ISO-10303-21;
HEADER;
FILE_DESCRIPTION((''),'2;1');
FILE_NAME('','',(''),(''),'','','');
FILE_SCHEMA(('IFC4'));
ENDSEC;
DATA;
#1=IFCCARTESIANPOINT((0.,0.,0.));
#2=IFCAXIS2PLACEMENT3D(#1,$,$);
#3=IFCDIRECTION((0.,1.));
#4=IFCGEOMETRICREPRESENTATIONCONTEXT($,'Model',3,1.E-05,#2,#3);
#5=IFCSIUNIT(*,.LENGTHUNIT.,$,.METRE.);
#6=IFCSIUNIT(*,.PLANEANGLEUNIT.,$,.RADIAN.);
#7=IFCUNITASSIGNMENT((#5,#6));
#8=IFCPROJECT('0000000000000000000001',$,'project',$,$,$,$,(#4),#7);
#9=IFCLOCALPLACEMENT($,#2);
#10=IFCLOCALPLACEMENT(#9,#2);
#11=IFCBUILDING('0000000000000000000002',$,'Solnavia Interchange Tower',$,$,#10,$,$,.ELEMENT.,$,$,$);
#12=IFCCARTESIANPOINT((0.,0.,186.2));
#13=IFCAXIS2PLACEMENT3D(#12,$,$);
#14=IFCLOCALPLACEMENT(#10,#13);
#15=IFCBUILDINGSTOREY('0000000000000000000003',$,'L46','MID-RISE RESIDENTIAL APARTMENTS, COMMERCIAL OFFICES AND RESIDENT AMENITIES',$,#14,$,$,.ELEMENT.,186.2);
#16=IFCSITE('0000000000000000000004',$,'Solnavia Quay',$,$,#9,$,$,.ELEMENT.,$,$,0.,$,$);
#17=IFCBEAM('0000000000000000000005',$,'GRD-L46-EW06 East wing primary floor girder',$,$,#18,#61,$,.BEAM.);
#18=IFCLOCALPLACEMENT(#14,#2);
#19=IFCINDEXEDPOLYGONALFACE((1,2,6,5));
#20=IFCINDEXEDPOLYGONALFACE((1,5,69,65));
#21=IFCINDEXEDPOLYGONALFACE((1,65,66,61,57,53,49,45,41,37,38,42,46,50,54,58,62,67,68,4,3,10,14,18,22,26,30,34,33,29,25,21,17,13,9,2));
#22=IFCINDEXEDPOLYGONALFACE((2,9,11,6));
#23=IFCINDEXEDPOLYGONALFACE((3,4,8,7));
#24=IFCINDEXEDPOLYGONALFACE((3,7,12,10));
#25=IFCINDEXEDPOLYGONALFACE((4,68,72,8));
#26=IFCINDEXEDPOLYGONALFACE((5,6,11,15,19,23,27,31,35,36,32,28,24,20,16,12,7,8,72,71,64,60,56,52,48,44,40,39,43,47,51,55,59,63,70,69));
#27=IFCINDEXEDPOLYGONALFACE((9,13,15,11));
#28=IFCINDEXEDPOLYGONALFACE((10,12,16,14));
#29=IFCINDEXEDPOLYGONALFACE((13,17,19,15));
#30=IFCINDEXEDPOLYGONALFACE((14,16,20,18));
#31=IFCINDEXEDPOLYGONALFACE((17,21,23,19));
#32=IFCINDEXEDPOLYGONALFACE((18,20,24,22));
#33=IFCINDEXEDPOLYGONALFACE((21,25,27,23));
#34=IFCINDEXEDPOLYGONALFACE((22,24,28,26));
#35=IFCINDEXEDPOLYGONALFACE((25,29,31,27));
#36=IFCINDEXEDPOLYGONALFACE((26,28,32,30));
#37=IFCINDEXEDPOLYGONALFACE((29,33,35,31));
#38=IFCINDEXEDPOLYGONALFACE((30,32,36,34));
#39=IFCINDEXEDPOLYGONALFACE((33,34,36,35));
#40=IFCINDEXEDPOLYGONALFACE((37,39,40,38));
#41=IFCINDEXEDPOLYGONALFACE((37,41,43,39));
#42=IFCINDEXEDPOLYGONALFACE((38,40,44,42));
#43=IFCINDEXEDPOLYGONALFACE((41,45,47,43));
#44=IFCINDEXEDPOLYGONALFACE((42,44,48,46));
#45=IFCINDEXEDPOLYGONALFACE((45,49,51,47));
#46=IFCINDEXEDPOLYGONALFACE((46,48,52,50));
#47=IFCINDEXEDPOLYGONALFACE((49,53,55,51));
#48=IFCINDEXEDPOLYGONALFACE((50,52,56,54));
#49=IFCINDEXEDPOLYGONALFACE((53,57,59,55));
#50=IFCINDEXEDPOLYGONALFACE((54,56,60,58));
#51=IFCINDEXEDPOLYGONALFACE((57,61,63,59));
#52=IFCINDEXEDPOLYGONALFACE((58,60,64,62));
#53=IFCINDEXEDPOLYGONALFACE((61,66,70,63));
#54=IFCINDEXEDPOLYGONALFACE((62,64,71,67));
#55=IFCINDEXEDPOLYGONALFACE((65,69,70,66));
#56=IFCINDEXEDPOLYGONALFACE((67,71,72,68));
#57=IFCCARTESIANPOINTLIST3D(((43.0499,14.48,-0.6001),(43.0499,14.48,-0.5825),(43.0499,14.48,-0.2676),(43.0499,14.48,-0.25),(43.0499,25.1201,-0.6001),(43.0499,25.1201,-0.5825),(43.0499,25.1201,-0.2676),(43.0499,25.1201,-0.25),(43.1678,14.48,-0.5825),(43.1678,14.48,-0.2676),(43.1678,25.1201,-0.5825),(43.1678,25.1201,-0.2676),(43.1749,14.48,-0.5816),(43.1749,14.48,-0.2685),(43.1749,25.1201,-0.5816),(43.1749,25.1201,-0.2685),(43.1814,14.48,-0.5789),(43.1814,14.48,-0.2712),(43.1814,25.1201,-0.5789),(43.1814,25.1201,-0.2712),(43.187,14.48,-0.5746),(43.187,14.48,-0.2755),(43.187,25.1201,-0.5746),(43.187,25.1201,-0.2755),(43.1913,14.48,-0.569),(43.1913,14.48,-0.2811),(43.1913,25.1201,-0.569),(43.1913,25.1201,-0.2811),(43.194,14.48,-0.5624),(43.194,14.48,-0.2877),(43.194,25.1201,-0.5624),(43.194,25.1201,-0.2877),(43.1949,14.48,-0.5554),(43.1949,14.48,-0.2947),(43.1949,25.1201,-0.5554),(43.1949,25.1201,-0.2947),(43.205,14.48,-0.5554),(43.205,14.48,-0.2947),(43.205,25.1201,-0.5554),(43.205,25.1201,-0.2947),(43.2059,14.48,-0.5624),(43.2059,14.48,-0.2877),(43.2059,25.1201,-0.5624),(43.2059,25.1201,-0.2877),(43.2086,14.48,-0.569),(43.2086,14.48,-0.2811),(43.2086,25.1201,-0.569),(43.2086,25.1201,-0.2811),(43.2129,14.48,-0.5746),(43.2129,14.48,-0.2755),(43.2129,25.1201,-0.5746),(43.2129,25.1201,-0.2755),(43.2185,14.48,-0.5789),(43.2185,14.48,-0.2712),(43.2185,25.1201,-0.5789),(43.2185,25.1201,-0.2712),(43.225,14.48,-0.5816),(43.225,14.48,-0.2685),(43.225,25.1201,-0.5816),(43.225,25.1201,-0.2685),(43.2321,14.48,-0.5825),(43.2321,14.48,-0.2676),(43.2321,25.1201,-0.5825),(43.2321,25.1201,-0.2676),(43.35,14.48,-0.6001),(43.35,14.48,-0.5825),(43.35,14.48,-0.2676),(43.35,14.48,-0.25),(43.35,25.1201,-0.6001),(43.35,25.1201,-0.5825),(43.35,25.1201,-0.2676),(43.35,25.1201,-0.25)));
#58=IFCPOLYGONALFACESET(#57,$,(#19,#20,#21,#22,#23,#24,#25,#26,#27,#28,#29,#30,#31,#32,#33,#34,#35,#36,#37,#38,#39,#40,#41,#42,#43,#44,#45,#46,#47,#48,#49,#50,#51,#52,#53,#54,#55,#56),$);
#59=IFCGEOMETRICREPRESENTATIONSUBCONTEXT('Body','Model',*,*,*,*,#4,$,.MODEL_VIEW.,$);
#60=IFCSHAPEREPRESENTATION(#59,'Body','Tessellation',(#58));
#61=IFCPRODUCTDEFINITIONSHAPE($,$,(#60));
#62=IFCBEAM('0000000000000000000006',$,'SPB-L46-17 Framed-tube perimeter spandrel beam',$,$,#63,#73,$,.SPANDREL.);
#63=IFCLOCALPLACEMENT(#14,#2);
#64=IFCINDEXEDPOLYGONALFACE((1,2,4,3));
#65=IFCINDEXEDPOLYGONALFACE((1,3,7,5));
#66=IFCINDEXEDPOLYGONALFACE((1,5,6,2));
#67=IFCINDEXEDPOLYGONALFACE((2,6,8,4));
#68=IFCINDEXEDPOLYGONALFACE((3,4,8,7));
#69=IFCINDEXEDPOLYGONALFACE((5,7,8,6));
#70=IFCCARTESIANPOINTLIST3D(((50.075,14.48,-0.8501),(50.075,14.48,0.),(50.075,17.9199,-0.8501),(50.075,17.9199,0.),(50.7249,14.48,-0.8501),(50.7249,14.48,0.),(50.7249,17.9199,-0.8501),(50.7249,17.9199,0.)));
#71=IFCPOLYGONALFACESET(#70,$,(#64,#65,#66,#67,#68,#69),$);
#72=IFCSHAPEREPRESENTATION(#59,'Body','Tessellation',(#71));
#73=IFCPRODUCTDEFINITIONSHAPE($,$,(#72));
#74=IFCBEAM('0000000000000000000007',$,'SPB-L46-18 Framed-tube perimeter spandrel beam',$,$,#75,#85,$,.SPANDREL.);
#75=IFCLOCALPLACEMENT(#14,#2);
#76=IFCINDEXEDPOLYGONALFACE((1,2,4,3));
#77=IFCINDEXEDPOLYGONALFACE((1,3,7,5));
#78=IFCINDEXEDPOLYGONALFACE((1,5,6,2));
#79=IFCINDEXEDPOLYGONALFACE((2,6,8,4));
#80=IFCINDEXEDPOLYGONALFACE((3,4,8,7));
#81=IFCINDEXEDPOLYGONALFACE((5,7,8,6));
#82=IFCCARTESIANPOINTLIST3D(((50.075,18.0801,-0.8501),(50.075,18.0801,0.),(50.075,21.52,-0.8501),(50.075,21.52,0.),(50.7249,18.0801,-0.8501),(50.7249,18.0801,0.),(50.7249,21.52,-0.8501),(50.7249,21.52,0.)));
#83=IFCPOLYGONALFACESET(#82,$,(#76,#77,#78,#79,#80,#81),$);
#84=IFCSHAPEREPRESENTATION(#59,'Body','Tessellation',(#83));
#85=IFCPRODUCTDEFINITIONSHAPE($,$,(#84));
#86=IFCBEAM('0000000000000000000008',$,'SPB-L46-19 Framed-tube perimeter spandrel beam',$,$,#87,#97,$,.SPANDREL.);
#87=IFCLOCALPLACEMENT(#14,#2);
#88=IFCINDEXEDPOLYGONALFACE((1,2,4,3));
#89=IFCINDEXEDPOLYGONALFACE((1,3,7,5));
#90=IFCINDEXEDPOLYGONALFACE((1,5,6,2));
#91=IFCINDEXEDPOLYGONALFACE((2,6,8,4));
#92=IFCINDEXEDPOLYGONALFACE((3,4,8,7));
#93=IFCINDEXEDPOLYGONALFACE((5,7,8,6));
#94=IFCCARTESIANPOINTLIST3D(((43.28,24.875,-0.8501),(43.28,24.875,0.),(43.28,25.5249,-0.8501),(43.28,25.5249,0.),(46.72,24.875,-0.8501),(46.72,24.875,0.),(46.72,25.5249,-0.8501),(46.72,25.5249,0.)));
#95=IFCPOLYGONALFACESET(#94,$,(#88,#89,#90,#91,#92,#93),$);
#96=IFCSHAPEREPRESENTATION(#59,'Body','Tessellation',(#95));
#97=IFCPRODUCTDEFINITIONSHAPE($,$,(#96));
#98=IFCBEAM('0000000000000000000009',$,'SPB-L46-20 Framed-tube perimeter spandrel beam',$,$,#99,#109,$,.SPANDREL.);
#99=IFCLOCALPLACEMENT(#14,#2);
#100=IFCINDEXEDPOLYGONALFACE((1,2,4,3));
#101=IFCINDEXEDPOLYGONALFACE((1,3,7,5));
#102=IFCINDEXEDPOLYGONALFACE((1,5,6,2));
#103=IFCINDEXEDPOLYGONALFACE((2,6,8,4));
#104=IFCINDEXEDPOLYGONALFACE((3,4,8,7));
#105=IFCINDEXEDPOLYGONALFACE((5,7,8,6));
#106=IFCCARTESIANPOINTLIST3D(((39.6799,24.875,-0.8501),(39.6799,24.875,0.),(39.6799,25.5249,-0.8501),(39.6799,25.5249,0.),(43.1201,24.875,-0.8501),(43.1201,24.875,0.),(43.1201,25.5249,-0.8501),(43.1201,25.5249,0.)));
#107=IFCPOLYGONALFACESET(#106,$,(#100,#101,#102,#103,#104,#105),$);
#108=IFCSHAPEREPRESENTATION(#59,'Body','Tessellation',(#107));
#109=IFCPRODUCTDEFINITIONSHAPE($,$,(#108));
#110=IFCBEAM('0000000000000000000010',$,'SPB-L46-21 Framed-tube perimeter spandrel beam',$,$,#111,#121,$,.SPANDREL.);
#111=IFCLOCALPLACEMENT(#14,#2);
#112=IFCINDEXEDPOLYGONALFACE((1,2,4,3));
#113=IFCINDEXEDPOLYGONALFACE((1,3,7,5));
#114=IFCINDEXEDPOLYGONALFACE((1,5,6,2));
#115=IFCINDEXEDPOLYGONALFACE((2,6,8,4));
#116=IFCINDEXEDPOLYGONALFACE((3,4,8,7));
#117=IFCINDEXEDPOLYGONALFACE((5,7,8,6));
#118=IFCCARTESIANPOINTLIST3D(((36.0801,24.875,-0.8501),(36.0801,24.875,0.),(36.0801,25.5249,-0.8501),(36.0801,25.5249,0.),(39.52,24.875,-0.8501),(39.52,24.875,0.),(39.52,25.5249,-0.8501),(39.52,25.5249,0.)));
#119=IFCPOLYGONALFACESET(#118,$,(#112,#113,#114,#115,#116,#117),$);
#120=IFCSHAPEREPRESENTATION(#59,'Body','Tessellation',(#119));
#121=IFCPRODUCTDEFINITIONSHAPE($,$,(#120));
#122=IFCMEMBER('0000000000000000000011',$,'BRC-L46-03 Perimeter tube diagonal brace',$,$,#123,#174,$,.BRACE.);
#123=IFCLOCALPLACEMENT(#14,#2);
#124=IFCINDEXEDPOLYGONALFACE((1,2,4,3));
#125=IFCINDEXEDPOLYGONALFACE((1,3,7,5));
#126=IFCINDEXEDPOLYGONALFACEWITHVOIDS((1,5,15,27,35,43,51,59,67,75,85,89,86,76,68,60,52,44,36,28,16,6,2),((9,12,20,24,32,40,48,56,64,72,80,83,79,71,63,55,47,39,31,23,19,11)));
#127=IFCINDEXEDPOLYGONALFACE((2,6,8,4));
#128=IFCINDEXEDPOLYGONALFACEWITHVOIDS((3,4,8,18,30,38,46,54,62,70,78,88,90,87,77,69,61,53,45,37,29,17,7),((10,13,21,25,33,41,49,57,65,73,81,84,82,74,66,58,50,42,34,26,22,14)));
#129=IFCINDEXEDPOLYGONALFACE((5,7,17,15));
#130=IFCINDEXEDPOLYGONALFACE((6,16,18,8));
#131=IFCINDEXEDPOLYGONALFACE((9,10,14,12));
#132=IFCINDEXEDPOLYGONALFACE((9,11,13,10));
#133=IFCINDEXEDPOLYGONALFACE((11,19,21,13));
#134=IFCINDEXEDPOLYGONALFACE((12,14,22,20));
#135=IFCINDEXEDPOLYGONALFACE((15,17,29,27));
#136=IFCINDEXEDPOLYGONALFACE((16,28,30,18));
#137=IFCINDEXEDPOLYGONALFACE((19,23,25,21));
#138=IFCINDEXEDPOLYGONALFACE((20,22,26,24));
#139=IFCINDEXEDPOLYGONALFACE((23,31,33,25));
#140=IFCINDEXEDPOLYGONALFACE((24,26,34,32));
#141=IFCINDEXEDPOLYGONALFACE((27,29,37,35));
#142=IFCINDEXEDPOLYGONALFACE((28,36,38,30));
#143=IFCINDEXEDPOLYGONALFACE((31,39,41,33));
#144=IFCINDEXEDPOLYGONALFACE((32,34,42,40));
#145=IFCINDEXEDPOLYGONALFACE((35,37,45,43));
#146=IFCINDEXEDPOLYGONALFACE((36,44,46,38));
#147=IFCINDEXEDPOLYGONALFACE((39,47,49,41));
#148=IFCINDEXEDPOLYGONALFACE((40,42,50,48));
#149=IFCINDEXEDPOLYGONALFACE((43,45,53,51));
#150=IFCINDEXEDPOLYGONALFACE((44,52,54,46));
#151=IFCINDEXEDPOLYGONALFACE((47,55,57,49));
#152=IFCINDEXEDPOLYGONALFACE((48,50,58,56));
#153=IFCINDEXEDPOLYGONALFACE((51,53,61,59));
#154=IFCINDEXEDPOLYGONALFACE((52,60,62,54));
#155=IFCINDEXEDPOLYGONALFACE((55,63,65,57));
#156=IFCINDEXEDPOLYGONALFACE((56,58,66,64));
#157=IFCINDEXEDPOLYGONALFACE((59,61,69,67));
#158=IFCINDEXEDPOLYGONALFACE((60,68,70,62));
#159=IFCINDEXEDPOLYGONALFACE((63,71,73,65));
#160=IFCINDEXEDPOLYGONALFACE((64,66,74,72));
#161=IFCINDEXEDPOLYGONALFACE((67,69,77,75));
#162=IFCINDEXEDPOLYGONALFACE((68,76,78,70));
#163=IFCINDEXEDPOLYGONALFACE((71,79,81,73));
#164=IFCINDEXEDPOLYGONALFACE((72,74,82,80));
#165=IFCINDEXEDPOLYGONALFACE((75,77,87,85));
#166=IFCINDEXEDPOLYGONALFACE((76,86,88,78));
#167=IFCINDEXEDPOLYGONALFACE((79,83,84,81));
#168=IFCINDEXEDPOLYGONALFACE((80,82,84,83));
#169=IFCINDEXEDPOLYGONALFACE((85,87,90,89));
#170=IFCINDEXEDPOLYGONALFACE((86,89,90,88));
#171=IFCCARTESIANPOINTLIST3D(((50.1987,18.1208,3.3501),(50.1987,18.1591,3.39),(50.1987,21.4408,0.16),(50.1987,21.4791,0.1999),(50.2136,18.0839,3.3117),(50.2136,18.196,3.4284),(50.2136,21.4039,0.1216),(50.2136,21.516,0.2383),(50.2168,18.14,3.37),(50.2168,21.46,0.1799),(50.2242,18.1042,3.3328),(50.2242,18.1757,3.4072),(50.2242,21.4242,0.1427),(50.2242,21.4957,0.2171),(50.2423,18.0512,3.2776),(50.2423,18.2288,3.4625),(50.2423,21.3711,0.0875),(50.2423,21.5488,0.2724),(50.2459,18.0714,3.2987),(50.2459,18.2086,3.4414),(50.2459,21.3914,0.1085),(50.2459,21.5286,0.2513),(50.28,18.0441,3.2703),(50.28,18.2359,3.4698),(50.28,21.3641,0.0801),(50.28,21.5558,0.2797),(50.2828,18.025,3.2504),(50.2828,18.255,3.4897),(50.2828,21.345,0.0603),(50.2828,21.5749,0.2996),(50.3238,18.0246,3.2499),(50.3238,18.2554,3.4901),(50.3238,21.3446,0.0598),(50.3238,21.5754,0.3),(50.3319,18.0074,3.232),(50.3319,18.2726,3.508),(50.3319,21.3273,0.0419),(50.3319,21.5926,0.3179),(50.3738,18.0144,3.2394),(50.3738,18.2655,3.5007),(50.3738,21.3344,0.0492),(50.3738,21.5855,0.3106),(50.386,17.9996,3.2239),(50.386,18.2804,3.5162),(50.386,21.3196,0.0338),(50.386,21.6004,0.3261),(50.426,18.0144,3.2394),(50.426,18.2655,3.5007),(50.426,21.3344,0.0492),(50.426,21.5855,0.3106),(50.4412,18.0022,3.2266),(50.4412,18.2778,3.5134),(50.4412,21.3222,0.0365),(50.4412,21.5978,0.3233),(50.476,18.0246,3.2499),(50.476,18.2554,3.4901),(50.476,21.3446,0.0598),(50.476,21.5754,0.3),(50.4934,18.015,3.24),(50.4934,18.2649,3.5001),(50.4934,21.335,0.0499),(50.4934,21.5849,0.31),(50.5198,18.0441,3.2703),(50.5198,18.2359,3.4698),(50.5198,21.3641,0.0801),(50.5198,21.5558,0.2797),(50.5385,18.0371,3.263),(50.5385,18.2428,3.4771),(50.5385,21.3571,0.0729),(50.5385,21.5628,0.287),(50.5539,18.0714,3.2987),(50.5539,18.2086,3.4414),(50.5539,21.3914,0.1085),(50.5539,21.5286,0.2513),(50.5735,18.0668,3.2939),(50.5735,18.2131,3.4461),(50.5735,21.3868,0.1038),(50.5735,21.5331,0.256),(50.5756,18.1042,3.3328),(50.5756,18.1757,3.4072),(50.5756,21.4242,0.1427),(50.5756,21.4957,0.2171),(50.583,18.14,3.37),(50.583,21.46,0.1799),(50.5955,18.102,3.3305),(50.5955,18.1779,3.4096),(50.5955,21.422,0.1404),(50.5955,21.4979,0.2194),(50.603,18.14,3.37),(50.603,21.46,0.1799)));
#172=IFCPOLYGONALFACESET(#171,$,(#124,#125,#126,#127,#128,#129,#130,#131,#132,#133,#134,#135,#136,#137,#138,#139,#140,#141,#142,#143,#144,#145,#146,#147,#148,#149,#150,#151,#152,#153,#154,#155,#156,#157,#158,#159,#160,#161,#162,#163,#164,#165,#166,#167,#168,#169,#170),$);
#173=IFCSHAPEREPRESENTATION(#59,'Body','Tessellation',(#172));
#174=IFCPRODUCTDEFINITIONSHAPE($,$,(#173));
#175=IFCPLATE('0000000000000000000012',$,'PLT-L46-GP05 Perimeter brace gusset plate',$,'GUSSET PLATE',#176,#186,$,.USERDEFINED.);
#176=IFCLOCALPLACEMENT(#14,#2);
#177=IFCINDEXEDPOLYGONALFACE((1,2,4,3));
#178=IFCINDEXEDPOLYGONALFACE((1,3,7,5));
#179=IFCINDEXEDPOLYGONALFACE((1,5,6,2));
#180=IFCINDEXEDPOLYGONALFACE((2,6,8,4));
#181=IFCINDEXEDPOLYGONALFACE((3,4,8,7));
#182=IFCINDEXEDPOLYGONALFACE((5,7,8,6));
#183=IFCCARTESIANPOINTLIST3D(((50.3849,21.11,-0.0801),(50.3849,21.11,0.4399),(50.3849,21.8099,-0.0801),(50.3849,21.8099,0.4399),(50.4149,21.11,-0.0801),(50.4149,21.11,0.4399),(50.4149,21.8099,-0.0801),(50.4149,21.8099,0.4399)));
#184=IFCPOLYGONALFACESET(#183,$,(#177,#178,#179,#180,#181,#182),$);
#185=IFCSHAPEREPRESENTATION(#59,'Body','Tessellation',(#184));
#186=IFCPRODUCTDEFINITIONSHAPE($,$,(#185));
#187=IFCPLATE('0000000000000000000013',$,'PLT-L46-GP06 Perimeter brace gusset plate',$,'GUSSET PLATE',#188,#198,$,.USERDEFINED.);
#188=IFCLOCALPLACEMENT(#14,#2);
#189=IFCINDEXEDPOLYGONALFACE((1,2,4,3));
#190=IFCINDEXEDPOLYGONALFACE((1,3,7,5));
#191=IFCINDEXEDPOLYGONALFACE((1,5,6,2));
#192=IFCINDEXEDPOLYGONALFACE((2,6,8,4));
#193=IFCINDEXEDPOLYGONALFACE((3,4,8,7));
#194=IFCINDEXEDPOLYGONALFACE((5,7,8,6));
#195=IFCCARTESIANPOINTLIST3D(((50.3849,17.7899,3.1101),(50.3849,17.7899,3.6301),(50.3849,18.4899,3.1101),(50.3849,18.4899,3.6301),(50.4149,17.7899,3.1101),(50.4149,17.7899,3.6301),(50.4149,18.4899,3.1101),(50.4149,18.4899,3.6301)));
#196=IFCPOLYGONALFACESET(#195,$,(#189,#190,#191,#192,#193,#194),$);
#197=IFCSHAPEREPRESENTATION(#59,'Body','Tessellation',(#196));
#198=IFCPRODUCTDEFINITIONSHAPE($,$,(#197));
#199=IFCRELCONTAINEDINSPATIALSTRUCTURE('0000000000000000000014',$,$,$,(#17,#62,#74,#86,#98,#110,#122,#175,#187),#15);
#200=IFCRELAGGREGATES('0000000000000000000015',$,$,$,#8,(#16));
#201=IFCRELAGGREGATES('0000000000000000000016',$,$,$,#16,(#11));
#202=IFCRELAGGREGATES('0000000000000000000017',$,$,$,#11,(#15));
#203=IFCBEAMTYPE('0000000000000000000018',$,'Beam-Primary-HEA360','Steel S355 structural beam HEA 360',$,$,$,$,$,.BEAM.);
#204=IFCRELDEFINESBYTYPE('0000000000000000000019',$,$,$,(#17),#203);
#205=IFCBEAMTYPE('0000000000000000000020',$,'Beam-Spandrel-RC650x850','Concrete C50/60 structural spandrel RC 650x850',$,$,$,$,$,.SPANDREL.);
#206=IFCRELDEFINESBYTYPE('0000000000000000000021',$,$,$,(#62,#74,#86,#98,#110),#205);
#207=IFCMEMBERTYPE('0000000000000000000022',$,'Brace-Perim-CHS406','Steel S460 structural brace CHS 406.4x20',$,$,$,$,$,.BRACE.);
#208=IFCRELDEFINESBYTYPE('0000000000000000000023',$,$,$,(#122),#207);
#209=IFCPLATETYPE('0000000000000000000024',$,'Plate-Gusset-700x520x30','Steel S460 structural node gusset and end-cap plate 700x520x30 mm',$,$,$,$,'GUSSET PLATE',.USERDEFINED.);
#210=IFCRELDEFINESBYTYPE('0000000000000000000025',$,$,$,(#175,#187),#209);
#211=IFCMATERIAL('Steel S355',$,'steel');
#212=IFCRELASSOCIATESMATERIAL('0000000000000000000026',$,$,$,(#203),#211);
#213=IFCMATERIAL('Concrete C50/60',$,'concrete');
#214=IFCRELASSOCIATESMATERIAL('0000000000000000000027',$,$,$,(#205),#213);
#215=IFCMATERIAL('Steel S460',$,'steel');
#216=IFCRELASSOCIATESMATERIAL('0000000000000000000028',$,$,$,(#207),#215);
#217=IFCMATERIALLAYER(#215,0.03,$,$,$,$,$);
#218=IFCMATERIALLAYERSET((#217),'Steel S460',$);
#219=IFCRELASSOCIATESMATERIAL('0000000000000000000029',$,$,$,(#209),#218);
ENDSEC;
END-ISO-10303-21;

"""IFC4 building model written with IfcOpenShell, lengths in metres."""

from ifc_helpers import new_model, si_unit, direction, frame, origin, origin_2d, place, context, subcontext, project, spatial, rectangle, hollow_circle, i_section, extrude, material, layer, layer_set, material_profile, profile_set, type_object, element, save


model = new_model("IFC4")

# Units and contexts
model_context = context("Model", 3, precision=1e-05, world=origin(), true_north=direction((0.0, 1.0)))
body_context = subcontext(model_context, "Body", "Model", "MODEL_VIEW")
ifc_project = project(units=[si_unit("LENGTHUNIT", "METRE"), si_unit("PLANEANGLEUNIT", "RADIAN")], contexts=[model_context])

# Site, building, storey
site_placement = place(None, origin())
site = spatial("IfcSite", under=ifc_project, at=site_placement, Name="Solnavia Quay", CompositionType="ELEMENT", RefElevation=0.0)
building_placement = place(site_placement, origin())
building = spatial("IfcBuilding", under=site, at=building_placement, Name="Solnavia Interchange Tower", CompositionType="ELEMENT")
storey_placement = place(building_placement, frame((0.0, 0.0, 186.2)))
storey = spatial("IfcBuildingStorey", under=building, at=storey_placement, Name="L46", Description="MID-RISE RESIDENTIAL APARTMENTS, COMMERCIAL OFFICES AND RESIDENT AMENITIES", CompositionType="ELEMENT", Elevation=186.2)

# Shared definitions
ifc_material_1 = material(Name="Concrete C50/60", Category="concrete")
ifc_material_2 = material(Name="Steel S355", Category="steel")

# Beams
ifc_material_3 = material(Name="Steel S460", Category="steel")
ifc_material_profile_1 = material_profile(ifc_material_2, i_section(OverallWidth=0.3, OverallDepth=0.3501, WebThickness=0.01, FlangeThickness=0.0176, FilletRadius=0.0271, at=origin_2d()), Name="HEA 360")
ifc_profile_set_1 = profile_set([ifc_material_profile_1], Name="Steel S355")
beam_type_1 = type_object("IfcBeamType", Name="Beam-Primary-HEA360", Description="Steel S355 structural beam HEA 360", PredefinedType="BEAM", material=ifc_profile_set_1)
beam_1_placement = place(storey_placement, frame((43.2, 14.48, -0.425), z_axis=(0.0, 1.0, 0.0), x_axis=(-1.0, 0.0, 0.0)))
element("IfcBeam", 1, at=beam_1_placement, inside=storey, type_object=beam_type_1, Name="GRD-L46-EW06 East wing primary floor girder", PredefinedType="BEAM", context=body_context, shape_type="SweptSolid", body=[
    extrude(i_section(OverallWidth=0.3, OverallDepth=0.3501, WebThickness=0.01, FlangeThickness=0.0176, FilletRadius=0.0271, at=origin_2d()), origin(), (0.0, 0.0, 1.0), 10.6401),
])
ifc_material_profile_2 = material_profile(ifc_material_1, rectangle(XDim=0.6499, YDim=0.8501, at=origin_2d()), Name="RC 650x850")
ifc_profile_set_2 = profile_set([ifc_material_profile_2], Name="Concrete C50/60")
beam_type_2 = type_object("IfcBeamType", Name="Beam-Spandrel-RC650x850", Description="Concrete C50/60 structural spandrel RC 650x850", PredefinedType="SPANDREL", material=ifc_profile_set_2)
for number, where, z_axis, x_axis, name in (
    (2, (50.3999, 14.48, -0.425), (0.0, 1.0, 0.0), (-1.0, 0.0, 0.0), "SPB-L46-17 Framed-tube perimeter spandrel beam"),
    (3, (50.3999, 18.0801, -0.425), (0.0, 1.0, 0.0), (-1.0, 0.0, 0.0), "SPB-L46-18 Framed-tube perimeter spandrel beam"),
    (4, (46.72, 25.2, -0.425), (-1.0, 0.0, 0.0), (0.0, -1.0, 0.0), "SPB-L46-19 Framed-tube perimeter spandrel beam"),
):
    element("IfcBeam", number, at=place(storey_placement, frame(where, z_axis=z_axis, x_axis=x_axis)), inside=storey, type_object=beam_type_2, Name=name, PredefinedType="SPANDREL", context=body_context, shape_type="SweptSolid", body=[
        extrude(rectangle(XDim=0.6499, YDim=0.8501, at=origin_2d()), origin(), (0.0, 0.0, 1.0), 3.4399),
    ])
beam_2_placement = place(storey_placement, frame((43.1201, 25.2, -0.425), z_axis=(-1.0, 0.0, 0.0), x_axis=(0.0, -1.0, 0.0)))
element("IfcBeam", 5, at=beam_2_placement, inside=storey, type_object=beam_type_2, Name="SPB-L46-20 Framed-tube perimeter spandrel beam", PredefinedType="SPANDREL", context=body_context, shape_type="SweptSolid", body=[
    extrude(rectangle(XDim=0.6499, YDim=0.8501, at=origin_2d()), origin(), (0.0, 0.0, 1.0), 3.4402),
])
beam_3_placement = place(storey_placement, frame((39.52, 25.2, -0.425), z_axis=(-1.0, 0.0, 0.0), x_axis=(0.0, -1.0, 0.0)))
element("IfcBeam", 6, at=beam_3_placement, inside=storey, type_object=beam_type_2, Name="SPB-L46-21 Framed-tube perimeter spandrel beam", PredefinedType="SPANDREL", context=body_context, shape_type="SweptSolid", body=[
    extrude(rectangle(XDim=0.6499, YDim=0.8501, at=origin_2d()), origin(), (0.0, 0.0, 1.0), 3.4399),
])

# Member
ifc_material_profile_3 = material_profile(ifc_material_3, hollow_circle(Radius=0.2031, WallThickness=0.02, at=origin_2d()), Name="CHS 406.4x20")
ifc_profile_set_3 = profile_set([ifc_material_profile_3], Name="Steel S460")
member_type = type_object("IfcMemberType", Name="Brace-Perim-CHS406", Description="Steel S460 structural brace CHS 406.4x20", PredefinedType="BRACE", material=ifc_profile_set_3)
member_placement = place(storey_placement, frame((50.3999, 21.46, 0.1799), z_axis=(0.0, -0.72107, 0.692862), x_axis=(1.0, 0.0, 0.0)))
element("IfcMember", 7, at=member_placement, inside=storey, type_object=member_type, Name="BRC-L46-03 Perimeter tube diagonal brace", PredefinedType="BRACE", context=body_context, shape_type="SweptSolid", body=[
    extrude(hollow_circle(Radius=0.2031, WallThickness=0.02, at=origin_2d()), origin(), (0.0, 0.0, 1.0), 4.6042),
])

# Plates
ifc_layer_1 = layer(ifc_material_3, 0.03)
ifc_layer_set_1 = layer_set([ifc_layer_1], Name="Steel S460")
plate_type = type_object("IfcPlateType", Name="Plate-Gusset-700x520x30", Description="Steel S460 structural node gusset and end-cap plate 700x520x30 mm", ElementType="GUSSET PLATE", PredefinedType="USERDEFINED", material=ifc_layer_set_1)
for number, where, z_axis, x_axis, name in (
    (8, (50.3999, 21.46, -0.0801), (0.0, 0.0, 1.0), (0.0, -1.0, 0.0), "PLT-L46-GP05 Perimeter brace gusset plate"),
    (9, (50.3999, 18.1399, 3.1101), (0.0, 0.0, 1.0), (0.0, -1.0, 0.0), "PLT-L46-GP06 Perimeter brace gusset plate"),
):
    element("IfcPlate", number, at=place(storey_placement, frame(where, z_axis=z_axis, x_axis=x_axis)), inside=storey, type_object=plate_type, Name=name, ObjectType="GUSSET PLATE", PredefinedType="USERDEFINED", context=body_context, shape_type="SweptSolid", body=[
        extrude(rectangle(XDim=0.7, YDim=0.03, at=origin_2d()), origin(), (0.0, 0.0, 1.0), 0.52),
    ])

save(model, "model.ifc")
